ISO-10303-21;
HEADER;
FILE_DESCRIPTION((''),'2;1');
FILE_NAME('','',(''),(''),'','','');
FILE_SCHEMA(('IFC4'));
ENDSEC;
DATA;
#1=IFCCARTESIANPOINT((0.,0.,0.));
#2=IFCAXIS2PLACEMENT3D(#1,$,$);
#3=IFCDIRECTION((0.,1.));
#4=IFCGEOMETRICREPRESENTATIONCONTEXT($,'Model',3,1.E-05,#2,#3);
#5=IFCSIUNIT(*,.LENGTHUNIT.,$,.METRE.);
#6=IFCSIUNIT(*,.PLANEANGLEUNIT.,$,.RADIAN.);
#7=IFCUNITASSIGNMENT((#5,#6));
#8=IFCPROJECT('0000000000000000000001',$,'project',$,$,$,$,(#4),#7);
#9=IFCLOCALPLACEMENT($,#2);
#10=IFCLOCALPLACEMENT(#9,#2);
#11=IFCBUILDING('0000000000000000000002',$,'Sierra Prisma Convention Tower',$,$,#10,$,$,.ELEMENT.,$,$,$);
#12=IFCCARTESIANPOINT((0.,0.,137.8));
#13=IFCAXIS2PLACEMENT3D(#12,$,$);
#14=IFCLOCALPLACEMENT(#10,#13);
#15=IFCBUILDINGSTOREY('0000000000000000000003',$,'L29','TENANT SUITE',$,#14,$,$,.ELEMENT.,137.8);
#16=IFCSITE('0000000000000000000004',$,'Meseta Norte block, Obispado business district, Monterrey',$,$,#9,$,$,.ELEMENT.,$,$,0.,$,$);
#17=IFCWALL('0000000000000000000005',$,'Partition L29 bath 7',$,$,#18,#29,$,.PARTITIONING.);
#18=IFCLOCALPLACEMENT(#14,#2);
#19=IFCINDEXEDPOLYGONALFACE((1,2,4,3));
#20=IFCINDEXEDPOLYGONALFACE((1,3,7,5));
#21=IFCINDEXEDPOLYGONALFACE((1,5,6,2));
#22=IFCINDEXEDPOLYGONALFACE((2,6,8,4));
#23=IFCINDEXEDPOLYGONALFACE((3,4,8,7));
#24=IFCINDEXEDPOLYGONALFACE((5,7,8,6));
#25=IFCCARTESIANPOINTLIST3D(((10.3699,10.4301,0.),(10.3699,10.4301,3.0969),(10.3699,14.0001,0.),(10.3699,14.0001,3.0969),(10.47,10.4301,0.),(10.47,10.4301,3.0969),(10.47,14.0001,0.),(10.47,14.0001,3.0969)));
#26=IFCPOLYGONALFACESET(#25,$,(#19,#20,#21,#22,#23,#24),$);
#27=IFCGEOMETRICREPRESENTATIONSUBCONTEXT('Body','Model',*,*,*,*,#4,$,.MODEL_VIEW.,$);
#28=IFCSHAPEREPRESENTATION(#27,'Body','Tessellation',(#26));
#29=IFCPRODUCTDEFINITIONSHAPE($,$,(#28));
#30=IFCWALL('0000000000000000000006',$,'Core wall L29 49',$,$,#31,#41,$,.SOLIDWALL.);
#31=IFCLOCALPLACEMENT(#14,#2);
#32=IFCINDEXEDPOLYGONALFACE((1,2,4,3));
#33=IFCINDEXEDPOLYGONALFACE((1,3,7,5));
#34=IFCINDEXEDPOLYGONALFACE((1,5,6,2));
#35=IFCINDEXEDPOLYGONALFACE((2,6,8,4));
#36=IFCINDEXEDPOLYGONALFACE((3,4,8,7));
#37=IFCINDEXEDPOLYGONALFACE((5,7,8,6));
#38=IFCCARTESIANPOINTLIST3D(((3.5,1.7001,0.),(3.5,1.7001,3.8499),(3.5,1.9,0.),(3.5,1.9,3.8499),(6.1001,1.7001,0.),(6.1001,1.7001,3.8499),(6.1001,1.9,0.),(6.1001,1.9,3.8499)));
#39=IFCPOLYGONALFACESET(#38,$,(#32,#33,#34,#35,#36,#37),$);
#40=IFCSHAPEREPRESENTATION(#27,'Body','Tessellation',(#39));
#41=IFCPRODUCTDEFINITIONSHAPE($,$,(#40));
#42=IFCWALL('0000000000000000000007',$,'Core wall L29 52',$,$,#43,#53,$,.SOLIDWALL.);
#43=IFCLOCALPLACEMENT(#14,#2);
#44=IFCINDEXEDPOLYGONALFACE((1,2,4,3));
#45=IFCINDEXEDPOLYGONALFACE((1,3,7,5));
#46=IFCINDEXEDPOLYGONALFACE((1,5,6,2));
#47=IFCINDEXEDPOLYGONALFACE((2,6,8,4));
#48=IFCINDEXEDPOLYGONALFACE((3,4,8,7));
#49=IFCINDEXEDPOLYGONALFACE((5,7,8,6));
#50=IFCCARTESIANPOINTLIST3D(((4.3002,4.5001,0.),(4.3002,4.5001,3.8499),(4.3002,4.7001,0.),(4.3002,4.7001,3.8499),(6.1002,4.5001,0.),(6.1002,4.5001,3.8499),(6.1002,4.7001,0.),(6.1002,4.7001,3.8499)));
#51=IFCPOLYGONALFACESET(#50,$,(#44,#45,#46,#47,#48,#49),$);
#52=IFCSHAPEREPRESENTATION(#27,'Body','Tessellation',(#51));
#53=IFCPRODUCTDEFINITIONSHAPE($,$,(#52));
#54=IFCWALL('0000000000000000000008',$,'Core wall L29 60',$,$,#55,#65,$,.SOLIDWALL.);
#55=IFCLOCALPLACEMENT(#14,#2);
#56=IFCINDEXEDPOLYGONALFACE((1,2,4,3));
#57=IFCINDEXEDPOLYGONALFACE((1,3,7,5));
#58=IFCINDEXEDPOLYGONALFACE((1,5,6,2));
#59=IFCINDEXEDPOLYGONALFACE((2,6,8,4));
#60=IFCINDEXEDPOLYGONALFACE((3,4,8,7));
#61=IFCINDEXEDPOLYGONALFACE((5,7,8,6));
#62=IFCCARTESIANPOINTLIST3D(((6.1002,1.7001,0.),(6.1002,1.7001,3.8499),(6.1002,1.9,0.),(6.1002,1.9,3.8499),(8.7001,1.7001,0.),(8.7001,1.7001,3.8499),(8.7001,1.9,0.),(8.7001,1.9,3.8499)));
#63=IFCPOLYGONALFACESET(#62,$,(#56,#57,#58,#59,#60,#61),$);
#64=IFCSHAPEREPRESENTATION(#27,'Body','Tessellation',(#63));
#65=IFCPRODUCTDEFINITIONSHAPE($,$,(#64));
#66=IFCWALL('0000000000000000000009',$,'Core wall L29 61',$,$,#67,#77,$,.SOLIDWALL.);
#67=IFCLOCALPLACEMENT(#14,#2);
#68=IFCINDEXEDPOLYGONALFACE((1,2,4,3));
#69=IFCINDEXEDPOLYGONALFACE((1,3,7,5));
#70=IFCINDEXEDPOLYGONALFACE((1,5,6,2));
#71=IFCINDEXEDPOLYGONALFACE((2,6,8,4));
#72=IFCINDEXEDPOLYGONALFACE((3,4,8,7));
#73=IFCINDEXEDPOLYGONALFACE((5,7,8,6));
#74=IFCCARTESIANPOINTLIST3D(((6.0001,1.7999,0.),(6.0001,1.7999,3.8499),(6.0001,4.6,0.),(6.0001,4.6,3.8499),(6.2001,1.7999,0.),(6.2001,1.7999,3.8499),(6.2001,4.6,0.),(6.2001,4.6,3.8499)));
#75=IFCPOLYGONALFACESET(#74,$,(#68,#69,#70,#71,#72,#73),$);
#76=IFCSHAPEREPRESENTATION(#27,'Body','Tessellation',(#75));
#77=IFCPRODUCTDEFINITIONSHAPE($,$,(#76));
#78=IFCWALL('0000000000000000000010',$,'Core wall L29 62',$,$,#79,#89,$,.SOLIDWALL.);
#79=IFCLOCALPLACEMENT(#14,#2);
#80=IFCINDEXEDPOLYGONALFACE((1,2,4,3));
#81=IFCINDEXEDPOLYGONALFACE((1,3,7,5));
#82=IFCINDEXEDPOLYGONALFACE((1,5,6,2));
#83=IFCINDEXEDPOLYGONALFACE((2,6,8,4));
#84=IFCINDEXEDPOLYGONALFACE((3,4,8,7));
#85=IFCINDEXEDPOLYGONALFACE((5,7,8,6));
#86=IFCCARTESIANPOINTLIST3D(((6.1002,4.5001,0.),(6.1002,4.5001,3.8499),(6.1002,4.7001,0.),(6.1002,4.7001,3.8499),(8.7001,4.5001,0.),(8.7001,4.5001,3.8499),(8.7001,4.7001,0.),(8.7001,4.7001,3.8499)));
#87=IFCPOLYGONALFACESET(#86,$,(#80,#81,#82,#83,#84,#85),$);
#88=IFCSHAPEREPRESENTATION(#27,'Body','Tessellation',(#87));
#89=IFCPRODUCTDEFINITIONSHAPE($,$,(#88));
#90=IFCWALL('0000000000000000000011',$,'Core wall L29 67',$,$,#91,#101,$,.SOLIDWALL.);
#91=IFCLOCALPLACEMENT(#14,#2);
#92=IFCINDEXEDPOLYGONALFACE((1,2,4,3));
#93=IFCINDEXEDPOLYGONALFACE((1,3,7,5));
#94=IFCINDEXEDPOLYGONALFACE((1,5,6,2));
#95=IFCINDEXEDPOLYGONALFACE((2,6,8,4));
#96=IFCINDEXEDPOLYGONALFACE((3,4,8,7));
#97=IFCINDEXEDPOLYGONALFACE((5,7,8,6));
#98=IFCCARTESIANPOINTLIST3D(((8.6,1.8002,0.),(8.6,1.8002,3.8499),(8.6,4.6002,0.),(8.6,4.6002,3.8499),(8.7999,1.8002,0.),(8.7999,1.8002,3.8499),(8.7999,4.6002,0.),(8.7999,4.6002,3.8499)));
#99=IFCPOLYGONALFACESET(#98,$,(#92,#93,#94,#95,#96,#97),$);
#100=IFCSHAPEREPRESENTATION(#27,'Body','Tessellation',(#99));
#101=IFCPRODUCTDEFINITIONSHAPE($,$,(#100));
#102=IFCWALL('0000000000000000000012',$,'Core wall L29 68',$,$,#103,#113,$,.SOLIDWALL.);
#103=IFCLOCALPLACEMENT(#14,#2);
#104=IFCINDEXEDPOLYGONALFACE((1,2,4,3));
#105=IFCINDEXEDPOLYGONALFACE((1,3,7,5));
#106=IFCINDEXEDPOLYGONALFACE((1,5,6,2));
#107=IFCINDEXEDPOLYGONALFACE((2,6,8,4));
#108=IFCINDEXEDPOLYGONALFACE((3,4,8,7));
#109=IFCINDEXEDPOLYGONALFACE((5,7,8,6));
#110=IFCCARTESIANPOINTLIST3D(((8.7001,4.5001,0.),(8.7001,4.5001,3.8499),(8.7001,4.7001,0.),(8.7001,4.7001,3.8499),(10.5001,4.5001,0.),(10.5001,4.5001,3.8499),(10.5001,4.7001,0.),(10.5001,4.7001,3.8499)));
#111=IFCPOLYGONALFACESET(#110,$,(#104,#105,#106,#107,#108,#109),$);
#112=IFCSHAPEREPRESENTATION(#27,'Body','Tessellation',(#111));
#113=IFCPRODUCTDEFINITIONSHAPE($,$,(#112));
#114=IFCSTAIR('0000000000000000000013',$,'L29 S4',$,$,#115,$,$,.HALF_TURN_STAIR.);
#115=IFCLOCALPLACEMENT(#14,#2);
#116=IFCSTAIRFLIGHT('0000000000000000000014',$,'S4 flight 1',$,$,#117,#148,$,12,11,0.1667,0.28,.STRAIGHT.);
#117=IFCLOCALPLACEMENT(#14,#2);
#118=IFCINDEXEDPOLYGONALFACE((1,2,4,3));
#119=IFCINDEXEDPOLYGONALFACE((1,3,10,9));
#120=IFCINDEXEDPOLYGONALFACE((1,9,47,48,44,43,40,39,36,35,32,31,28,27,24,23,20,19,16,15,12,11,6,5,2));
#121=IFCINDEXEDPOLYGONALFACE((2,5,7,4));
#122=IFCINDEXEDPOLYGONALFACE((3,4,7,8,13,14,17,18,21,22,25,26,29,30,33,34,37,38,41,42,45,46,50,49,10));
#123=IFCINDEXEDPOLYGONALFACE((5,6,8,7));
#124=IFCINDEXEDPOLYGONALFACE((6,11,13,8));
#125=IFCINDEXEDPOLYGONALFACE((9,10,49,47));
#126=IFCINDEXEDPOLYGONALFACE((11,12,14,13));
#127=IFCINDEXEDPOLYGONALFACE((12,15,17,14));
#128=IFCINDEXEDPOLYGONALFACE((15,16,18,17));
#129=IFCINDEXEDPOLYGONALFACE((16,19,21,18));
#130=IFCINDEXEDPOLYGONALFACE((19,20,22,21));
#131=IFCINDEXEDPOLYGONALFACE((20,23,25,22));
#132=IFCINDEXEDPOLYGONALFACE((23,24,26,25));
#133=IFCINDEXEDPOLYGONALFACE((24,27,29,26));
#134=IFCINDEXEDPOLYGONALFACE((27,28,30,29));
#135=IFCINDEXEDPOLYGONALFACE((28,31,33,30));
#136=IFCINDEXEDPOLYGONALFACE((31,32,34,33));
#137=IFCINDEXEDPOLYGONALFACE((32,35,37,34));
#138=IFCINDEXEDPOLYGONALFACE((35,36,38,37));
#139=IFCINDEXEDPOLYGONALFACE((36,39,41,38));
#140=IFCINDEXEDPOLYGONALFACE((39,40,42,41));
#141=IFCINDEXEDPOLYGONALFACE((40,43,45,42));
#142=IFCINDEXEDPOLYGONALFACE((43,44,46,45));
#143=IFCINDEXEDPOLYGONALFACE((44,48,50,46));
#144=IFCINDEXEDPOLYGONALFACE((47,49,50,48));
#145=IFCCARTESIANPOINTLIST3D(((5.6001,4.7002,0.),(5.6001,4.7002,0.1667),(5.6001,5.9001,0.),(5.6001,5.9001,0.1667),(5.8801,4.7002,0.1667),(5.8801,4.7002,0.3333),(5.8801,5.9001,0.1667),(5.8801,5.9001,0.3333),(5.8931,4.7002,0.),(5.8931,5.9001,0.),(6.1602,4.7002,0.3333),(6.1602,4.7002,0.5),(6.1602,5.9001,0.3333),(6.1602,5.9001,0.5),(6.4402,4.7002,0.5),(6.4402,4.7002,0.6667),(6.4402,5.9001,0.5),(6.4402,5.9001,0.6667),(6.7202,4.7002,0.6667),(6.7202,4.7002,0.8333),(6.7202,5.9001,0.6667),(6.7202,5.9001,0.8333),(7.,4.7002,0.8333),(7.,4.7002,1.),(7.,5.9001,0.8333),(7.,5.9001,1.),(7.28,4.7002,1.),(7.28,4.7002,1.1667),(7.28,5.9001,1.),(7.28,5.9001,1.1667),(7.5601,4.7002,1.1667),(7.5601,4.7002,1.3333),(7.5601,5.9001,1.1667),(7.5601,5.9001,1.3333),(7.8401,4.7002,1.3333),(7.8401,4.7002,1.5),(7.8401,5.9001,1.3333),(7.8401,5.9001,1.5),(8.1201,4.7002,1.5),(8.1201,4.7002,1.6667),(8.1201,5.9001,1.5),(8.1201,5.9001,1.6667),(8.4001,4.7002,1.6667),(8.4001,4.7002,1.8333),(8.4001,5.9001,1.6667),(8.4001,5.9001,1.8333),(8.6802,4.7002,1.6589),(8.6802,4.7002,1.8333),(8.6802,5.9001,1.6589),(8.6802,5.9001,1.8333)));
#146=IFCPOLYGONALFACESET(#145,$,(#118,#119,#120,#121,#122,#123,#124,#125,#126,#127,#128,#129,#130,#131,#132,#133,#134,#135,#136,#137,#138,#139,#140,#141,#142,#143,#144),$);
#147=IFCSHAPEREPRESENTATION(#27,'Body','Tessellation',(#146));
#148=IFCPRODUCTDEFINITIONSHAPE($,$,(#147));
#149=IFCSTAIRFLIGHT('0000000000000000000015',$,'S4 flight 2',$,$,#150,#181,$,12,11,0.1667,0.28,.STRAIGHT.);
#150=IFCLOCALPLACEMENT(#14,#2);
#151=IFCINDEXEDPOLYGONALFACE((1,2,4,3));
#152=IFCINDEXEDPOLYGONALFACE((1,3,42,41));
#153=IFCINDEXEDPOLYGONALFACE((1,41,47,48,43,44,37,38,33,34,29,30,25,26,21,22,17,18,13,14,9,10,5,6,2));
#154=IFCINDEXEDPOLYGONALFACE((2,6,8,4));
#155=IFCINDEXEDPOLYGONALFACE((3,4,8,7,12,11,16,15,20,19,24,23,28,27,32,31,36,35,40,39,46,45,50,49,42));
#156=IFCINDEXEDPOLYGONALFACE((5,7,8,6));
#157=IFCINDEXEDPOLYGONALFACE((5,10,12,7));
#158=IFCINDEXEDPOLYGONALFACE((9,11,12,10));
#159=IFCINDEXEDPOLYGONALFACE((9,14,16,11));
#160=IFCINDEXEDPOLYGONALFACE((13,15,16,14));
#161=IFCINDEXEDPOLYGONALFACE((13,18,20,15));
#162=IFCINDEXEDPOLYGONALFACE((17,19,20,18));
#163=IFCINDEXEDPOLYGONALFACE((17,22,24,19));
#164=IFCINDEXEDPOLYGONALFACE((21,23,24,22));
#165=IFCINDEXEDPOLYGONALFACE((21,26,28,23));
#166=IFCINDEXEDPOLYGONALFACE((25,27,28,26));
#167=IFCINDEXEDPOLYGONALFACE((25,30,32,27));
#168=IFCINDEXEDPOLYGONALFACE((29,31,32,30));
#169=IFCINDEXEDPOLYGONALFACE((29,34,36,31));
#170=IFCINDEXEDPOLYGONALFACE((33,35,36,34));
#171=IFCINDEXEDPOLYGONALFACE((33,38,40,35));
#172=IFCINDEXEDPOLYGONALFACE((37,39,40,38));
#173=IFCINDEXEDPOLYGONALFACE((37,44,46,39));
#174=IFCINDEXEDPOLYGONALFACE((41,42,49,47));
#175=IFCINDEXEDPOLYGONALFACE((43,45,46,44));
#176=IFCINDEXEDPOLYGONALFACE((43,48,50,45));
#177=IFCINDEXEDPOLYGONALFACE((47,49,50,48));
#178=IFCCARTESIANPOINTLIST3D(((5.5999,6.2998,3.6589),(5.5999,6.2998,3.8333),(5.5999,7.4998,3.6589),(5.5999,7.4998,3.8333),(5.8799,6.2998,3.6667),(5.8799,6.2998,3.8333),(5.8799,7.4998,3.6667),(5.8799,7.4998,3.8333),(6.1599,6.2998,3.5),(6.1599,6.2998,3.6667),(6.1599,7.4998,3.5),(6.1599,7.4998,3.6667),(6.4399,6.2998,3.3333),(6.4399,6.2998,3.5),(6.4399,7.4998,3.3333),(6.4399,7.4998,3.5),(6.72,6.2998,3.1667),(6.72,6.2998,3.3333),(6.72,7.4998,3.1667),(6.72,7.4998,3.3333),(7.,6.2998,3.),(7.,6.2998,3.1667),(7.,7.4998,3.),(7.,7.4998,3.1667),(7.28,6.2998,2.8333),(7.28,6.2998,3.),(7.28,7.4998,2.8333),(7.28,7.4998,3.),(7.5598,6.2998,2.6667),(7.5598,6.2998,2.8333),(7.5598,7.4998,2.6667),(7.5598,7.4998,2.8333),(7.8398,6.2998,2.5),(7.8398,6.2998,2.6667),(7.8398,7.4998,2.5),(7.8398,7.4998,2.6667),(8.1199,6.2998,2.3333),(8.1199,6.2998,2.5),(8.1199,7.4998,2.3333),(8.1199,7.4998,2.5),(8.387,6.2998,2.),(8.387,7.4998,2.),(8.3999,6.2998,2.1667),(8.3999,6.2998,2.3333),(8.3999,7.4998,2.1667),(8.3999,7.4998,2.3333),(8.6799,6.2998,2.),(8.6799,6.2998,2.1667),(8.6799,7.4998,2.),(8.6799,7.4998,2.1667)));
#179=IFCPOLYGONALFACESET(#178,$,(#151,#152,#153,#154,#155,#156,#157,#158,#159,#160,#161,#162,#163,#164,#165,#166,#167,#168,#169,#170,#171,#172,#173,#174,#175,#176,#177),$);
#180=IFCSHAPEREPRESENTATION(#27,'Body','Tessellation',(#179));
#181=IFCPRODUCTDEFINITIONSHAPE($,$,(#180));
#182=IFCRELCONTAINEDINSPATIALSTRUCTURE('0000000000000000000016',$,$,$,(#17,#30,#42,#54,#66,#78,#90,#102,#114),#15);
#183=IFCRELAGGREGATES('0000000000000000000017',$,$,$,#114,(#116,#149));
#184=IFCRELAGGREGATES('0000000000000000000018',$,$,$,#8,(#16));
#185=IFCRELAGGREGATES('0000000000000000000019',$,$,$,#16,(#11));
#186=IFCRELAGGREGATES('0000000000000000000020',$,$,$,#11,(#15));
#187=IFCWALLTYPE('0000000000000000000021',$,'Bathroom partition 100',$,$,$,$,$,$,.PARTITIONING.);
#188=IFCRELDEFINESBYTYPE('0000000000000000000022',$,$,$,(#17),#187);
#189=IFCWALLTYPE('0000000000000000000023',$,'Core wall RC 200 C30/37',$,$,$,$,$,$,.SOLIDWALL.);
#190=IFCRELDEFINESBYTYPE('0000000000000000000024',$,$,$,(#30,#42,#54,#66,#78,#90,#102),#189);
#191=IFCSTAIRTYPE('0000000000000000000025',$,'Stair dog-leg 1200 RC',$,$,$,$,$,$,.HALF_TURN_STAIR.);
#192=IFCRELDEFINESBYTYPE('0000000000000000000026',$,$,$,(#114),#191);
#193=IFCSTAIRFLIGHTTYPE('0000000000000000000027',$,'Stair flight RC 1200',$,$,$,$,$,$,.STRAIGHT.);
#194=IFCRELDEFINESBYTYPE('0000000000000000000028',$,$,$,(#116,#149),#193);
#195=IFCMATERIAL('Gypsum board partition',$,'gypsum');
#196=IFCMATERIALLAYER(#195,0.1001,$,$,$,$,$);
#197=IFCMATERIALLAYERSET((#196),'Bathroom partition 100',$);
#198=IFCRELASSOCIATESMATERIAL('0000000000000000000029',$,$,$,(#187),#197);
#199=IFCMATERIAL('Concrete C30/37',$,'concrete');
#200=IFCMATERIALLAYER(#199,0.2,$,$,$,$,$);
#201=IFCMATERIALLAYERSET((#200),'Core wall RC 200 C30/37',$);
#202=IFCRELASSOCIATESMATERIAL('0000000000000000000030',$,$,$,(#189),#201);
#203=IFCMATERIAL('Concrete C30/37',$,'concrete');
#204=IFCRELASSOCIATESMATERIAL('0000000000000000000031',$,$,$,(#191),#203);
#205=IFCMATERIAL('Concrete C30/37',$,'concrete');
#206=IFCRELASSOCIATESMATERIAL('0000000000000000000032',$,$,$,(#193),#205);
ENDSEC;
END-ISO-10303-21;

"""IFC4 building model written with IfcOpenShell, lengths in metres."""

from ifc_helpers import new_model, si_unit, direction, frame, frame_2d, origin, place, context, subcontext, project, spatial, polyline, rectangle, outline, extrude, material, layer, layer_set, type_object, element, aggregate, save


model = new_model("IFC4")

# Units and contexts
model_context = context("Model", 3, precision=1e-05, world=origin(), true_north=direction((0.0, 1.0)))
body_context = subcontext(model_context, "Body", "Model", "MODEL_VIEW")
ifc_project = project(units=[si_unit("LENGTHUNIT", "METRE"), si_unit("PLANEANGLEUNIT", "RADIAN")], contexts=[model_context])

# Site, building, storey
site_placement = place(None, origin())
site = spatial("IfcSite", under=ifc_project, at=site_placement, Name="Meseta Norte block, Obispado business district, Monterrey", CompositionType="ELEMENT", RefElevation=0.0)
building_placement = place(site_placement, origin())
building = spatial("IfcBuilding", under=site, at=building_placement, Name="Sierra Prisma Convention Tower", CompositionType="ELEMENT")
storey_placement = place(building_placement, frame((0.0, 0.0, 137.8)))
storey = spatial("IfcBuildingStorey", under=building, at=storey_placement, Name="L29", Description="TENANT SUITE", CompositionType="ELEMENT", Elevation=137.8)

# Walls
ifc_material_1 = material(Name="Gypsum board partition", Category="gypsum")
ifc_layer_1 = layer(ifc_material_1, 0.1001)
ifc_layer_set_1 = layer_set([ifc_layer_1], Name="Bathroom partition 100")
wall_type_1 = type_object("IfcWallType", Name="Bathroom partition 100", PredefinedType="PARTITIONING", material=ifc_layer_set_1)
wall_1_placement = place(storey_placement, frame((10.4199, 10.4299, 0.0), z_axis=(0.0, 0.0, 1.0), x_axis=(0.0, 1.0, 0.0)))
element("IfcWall", 1, at=wall_1_placement, inside=storey, type_object=wall_type_1, Name="Partition L29 bath 7", PredefinedType="PARTITIONING", context=body_context, shape_type="SweptSolid", body=[
    extrude(rectangle(XDim=3.5701, YDim=0.1001, at=frame_2d((1.7852, 0.0))), origin(), (0.0, 0.0, 1.0), 3.0969),
])
ifc_material_2 = material(Name="Concrete C30/37", Category="concrete")
ifc_layer_2 = layer(ifc_material_2, 0.2)
ifc_layer_set_2 = layer_set([ifc_layer_2], Name="Core wall RC 200 C30/37")
wall_type_2 = type_object("IfcWallType", Name="Core wall RC 200 C30/37", PredefinedType="SOLIDWALL", material=ifc_layer_set_2)
wall_2_placement = place(storey_placement, frame((6.1001, 1.8, 0.0), z_axis=(0.0, 0.0, 1.0), x_axis=(-1.0, 0.0, 0.0)))
element("IfcWall", 2, at=wall_2_placement, inside=storey, type_object=wall_type_2, Name="Core wall L29 49", PredefinedType="SOLIDWALL", context=body_context, shape_type="SweptSolid", body=[
    extrude(rectangle(XDim=2.6001, YDim=0.2, at=frame_2d((1.3, 0.0))), origin(), (0.0, 0.0, 1.0), 3.8499),
])
wall_3_placement = place(storey_placement, frame((6.1001, 4.6001, 0.0), z_axis=(0.0, 0.0, 1.0), x_axis=(-1.0, 0.0, 0.0)))
element("IfcWall", 3, at=wall_3_placement, inside=storey, type_object=wall_type_2, Name="Core wall L29 52", PredefinedType="SOLIDWALL", context=body_context, shape_type="SweptSolid", body=[
    extrude(rectangle(XDim=1.8, YDim=0.2, at=frame_2d((0.8999, 0.0))), origin(), (0.0, 0.0, 1.0), 3.8499),
])
wall_4_placement = place(storey_placement, frame((8.7, 1.8, 0.0), z_axis=(0.0, 0.0, 1.0), x_axis=(-1.0, 0.0, 0.0)))
element("IfcWall", 4, at=wall_4_placement, inside=storey, type_object=wall_type_2, Name="Core wall L29 60", PredefinedType="SOLIDWALL", context=body_context, shape_type="SweptSolid", body=[
    extrude(rectangle(XDim=2.5999, YDim=0.2, at=frame_2d((1.2998, 0.0))), origin(), (0.0, 0.0, 1.0), 3.8499),
])
wall_5_placement = place(storey_placement, frame((6.1001, 1.8, 0.0), z_axis=(0.0, 0.0, 1.0), x_axis=(0.0, 1.0, 0.0)))
element("IfcWall", 5, at=wall_5_placement, inside=storey, type_object=wall_type_2, Name="Core wall L29 61", PredefinedType="SOLIDWALL", context=body_context, shape_type="SweptSolid", body=[
    extrude(rectangle(XDim=2.8, YDim=0.2, at=frame_2d((1.3999, 0.0))), origin(), (0.0, 0.0, 1.0), 3.8499),
])
wall_6_placement = place(storey_placement, frame((8.7, 4.6001, 0.0), z_axis=(0.0, 0.0, 1.0), x_axis=(-1.0, 0.0, 0.0)))
element("IfcWall", 6, at=wall_6_placement, inside=storey, type_object=wall_type_2, Name="Core wall L29 62", PredefinedType="SOLIDWALL", context=body_context, shape_type="SweptSolid", body=[
    extrude(rectangle(XDim=2.5999, YDim=0.2, at=frame_2d((1.2998, 0.0))), origin(), (0.0, 0.0, 1.0), 3.8499),
])

# Walls
wall_7_placement = place(storey_placement, frame((8.7, 4.6001, 0.0), z_axis=(0.0, 0.0, 1.0), x_axis=(0.0, -1.0, 0.0)))
element("IfcWall", 7, at=wall_7_placement, inside=storey, type_object=wall_type_2, Name="Core wall L29 67", PredefinedType="SOLIDWALL", context=body_context, shape_type="SweptSolid", body=[
    extrude(rectangle(XDim=2.8, YDim=0.2, at=frame_2d((1.3999, 0.0))), origin(), (0.0, 0.0, 1.0), 3.8499),
])
wall_8_placement = place(storey_placement, frame((10.5, 4.6001, 0.0), z_axis=(0.0, 0.0, 1.0), x_axis=(-1.0, 0.0, 0.0)))
element("IfcWall", 8, at=wall_8_placement, inside=storey, type_object=wall_type_2, Name="Core wall L29 68", PredefinedType="SOLIDWALL", context=body_context, shape_type="SweptSolid", body=[
    extrude(rectangle(XDim=1.8, YDim=0.2, at=frame_2d((0.8999, 0.0))), origin(), (0.0, 0.0, 1.0), 3.8499),
])

# Stair, stair flights
ifc_material_3 = material(Name="Concrete C30/37", Category="concrete")
stair_type = type_object("IfcStairType", Name="Stair dog-leg 1200 RC", PredefinedType="HALF_TURN_STAIR", material=ifc_material_3)
stair_placement = place(storey_placement, origin())
stair = element("IfcStair", 9, at=stair_placement, inside=storey, type_object=stair_type, Name="L29 S4", PredefinedType="HALF_TURN_STAIR")
ifc_material_4 = material(Name="Concrete C30/37", Category="concrete")
stair_flight_type = type_object("IfcStairFlightType", Name="Stair flight RC 1200", PredefinedType="STRAIGHT", material=ifc_material_4)
stair_flight_1_placement = place(storey_placement, frame((5.6001, 5.3, 0.0), z_axis=(0.0, 0.0, 1.0), x_axis=(1.0, 0.0, 0.0)))
stair_flight_1 = element("IfcStairFlight", 10, at=stair_flight_1_placement, type_object=stair_flight_type, Name="S4 flight 1", NumberOfRisers=12, NumberOfTreads=11, PredefinedType="STRAIGHT", RiserHeight=0.1667, TreadLength=0.28, context=body_context, shape_type="SweptSolid", body=[
    extrude(outline(polyline([(0.0, 0.0), (0.0, 0.1667), (0.28, 0.1667), (0.28, 0.3333), (0.5601, 0.3333), (0.5601, 0.5), (0.8401, 0.5), (0.8401, 0.6667), (1.1201, 0.6667), (1.1201, 0.8333), (1.3999, 0.8333), (1.3999, 1.0), (1.6799, 1.0), (1.6799, 1.1667), (1.96, 1.1667), (1.96, 1.3333), (2.24, 1.3333), (2.24, 1.5), (2.52, 1.5), (2.52, 1.6667), (2.8, 1.6667), (2.8, 1.8333), (3.0801, 1.8333), (3.0801, 2.0), (3.0801, 1.6589), (0.293, 0.0), (0.0, 0.0)])), frame((0.0, 0.6001, 0.0), z_axis=(0.0, -1.0, 0.0), x_axis=(1.0, 0.0, 0.0)), (0.0, 0.0, 1.0), 1.2),
])
stair_flight_2_placement = place(storey_placement, frame((8.6799, 6.8999, 2.0), z_axis=(0.0, 0.0, 1.0), x_axis=(-1.0, 0.0, 0.0)))
stair_flight_2 = element("IfcStairFlight", 11, at=stair_flight_2_placement, type_object=stair_flight_type, Name="S4 flight 2", NumberOfRisers=12, NumberOfTreads=11, PredefinedType="STRAIGHT", RiserHeight=0.1667, TreadLength=0.28, context=body_context, shape_type="SweptSolid", body=[
    extrude(outline(polyline([(0.0, 0.0), (0.0, 0.1667), (0.28, 0.1667), (0.28, 0.3333), (0.5601, 0.3333), (0.5601, 0.5), (0.8401, 0.5), (0.8401, 0.6667), (1.1201, 0.6667), (1.1201, 0.8333), (1.3999, 0.8333), (1.3999, 1.0), (1.6799, 1.0), (1.6799, 1.1667), (1.96, 1.1667), (1.96, 1.3333), (2.24, 1.3333), (2.24, 1.5), (2.52, 1.5), (2.52, 1.6667), (2.8, 1.6667), (2.8, 1.8333), (3.0801, 1.8333), (3.0801, 2.0), (3.0801, 1.6589), (0.293, 0.0), (0.0, 0.0)])), frame((0.0, 0.6001, 0.0), z_axis=(0.0, -1.0, 0.0), x_axis=(1.0, 0.0, 0.0)), (0.0, 0.0, 1.0), 1.2),
])
aggregate(stair, [stair_flight_1, stair_flight_2])

save(model, "model.ifc")
